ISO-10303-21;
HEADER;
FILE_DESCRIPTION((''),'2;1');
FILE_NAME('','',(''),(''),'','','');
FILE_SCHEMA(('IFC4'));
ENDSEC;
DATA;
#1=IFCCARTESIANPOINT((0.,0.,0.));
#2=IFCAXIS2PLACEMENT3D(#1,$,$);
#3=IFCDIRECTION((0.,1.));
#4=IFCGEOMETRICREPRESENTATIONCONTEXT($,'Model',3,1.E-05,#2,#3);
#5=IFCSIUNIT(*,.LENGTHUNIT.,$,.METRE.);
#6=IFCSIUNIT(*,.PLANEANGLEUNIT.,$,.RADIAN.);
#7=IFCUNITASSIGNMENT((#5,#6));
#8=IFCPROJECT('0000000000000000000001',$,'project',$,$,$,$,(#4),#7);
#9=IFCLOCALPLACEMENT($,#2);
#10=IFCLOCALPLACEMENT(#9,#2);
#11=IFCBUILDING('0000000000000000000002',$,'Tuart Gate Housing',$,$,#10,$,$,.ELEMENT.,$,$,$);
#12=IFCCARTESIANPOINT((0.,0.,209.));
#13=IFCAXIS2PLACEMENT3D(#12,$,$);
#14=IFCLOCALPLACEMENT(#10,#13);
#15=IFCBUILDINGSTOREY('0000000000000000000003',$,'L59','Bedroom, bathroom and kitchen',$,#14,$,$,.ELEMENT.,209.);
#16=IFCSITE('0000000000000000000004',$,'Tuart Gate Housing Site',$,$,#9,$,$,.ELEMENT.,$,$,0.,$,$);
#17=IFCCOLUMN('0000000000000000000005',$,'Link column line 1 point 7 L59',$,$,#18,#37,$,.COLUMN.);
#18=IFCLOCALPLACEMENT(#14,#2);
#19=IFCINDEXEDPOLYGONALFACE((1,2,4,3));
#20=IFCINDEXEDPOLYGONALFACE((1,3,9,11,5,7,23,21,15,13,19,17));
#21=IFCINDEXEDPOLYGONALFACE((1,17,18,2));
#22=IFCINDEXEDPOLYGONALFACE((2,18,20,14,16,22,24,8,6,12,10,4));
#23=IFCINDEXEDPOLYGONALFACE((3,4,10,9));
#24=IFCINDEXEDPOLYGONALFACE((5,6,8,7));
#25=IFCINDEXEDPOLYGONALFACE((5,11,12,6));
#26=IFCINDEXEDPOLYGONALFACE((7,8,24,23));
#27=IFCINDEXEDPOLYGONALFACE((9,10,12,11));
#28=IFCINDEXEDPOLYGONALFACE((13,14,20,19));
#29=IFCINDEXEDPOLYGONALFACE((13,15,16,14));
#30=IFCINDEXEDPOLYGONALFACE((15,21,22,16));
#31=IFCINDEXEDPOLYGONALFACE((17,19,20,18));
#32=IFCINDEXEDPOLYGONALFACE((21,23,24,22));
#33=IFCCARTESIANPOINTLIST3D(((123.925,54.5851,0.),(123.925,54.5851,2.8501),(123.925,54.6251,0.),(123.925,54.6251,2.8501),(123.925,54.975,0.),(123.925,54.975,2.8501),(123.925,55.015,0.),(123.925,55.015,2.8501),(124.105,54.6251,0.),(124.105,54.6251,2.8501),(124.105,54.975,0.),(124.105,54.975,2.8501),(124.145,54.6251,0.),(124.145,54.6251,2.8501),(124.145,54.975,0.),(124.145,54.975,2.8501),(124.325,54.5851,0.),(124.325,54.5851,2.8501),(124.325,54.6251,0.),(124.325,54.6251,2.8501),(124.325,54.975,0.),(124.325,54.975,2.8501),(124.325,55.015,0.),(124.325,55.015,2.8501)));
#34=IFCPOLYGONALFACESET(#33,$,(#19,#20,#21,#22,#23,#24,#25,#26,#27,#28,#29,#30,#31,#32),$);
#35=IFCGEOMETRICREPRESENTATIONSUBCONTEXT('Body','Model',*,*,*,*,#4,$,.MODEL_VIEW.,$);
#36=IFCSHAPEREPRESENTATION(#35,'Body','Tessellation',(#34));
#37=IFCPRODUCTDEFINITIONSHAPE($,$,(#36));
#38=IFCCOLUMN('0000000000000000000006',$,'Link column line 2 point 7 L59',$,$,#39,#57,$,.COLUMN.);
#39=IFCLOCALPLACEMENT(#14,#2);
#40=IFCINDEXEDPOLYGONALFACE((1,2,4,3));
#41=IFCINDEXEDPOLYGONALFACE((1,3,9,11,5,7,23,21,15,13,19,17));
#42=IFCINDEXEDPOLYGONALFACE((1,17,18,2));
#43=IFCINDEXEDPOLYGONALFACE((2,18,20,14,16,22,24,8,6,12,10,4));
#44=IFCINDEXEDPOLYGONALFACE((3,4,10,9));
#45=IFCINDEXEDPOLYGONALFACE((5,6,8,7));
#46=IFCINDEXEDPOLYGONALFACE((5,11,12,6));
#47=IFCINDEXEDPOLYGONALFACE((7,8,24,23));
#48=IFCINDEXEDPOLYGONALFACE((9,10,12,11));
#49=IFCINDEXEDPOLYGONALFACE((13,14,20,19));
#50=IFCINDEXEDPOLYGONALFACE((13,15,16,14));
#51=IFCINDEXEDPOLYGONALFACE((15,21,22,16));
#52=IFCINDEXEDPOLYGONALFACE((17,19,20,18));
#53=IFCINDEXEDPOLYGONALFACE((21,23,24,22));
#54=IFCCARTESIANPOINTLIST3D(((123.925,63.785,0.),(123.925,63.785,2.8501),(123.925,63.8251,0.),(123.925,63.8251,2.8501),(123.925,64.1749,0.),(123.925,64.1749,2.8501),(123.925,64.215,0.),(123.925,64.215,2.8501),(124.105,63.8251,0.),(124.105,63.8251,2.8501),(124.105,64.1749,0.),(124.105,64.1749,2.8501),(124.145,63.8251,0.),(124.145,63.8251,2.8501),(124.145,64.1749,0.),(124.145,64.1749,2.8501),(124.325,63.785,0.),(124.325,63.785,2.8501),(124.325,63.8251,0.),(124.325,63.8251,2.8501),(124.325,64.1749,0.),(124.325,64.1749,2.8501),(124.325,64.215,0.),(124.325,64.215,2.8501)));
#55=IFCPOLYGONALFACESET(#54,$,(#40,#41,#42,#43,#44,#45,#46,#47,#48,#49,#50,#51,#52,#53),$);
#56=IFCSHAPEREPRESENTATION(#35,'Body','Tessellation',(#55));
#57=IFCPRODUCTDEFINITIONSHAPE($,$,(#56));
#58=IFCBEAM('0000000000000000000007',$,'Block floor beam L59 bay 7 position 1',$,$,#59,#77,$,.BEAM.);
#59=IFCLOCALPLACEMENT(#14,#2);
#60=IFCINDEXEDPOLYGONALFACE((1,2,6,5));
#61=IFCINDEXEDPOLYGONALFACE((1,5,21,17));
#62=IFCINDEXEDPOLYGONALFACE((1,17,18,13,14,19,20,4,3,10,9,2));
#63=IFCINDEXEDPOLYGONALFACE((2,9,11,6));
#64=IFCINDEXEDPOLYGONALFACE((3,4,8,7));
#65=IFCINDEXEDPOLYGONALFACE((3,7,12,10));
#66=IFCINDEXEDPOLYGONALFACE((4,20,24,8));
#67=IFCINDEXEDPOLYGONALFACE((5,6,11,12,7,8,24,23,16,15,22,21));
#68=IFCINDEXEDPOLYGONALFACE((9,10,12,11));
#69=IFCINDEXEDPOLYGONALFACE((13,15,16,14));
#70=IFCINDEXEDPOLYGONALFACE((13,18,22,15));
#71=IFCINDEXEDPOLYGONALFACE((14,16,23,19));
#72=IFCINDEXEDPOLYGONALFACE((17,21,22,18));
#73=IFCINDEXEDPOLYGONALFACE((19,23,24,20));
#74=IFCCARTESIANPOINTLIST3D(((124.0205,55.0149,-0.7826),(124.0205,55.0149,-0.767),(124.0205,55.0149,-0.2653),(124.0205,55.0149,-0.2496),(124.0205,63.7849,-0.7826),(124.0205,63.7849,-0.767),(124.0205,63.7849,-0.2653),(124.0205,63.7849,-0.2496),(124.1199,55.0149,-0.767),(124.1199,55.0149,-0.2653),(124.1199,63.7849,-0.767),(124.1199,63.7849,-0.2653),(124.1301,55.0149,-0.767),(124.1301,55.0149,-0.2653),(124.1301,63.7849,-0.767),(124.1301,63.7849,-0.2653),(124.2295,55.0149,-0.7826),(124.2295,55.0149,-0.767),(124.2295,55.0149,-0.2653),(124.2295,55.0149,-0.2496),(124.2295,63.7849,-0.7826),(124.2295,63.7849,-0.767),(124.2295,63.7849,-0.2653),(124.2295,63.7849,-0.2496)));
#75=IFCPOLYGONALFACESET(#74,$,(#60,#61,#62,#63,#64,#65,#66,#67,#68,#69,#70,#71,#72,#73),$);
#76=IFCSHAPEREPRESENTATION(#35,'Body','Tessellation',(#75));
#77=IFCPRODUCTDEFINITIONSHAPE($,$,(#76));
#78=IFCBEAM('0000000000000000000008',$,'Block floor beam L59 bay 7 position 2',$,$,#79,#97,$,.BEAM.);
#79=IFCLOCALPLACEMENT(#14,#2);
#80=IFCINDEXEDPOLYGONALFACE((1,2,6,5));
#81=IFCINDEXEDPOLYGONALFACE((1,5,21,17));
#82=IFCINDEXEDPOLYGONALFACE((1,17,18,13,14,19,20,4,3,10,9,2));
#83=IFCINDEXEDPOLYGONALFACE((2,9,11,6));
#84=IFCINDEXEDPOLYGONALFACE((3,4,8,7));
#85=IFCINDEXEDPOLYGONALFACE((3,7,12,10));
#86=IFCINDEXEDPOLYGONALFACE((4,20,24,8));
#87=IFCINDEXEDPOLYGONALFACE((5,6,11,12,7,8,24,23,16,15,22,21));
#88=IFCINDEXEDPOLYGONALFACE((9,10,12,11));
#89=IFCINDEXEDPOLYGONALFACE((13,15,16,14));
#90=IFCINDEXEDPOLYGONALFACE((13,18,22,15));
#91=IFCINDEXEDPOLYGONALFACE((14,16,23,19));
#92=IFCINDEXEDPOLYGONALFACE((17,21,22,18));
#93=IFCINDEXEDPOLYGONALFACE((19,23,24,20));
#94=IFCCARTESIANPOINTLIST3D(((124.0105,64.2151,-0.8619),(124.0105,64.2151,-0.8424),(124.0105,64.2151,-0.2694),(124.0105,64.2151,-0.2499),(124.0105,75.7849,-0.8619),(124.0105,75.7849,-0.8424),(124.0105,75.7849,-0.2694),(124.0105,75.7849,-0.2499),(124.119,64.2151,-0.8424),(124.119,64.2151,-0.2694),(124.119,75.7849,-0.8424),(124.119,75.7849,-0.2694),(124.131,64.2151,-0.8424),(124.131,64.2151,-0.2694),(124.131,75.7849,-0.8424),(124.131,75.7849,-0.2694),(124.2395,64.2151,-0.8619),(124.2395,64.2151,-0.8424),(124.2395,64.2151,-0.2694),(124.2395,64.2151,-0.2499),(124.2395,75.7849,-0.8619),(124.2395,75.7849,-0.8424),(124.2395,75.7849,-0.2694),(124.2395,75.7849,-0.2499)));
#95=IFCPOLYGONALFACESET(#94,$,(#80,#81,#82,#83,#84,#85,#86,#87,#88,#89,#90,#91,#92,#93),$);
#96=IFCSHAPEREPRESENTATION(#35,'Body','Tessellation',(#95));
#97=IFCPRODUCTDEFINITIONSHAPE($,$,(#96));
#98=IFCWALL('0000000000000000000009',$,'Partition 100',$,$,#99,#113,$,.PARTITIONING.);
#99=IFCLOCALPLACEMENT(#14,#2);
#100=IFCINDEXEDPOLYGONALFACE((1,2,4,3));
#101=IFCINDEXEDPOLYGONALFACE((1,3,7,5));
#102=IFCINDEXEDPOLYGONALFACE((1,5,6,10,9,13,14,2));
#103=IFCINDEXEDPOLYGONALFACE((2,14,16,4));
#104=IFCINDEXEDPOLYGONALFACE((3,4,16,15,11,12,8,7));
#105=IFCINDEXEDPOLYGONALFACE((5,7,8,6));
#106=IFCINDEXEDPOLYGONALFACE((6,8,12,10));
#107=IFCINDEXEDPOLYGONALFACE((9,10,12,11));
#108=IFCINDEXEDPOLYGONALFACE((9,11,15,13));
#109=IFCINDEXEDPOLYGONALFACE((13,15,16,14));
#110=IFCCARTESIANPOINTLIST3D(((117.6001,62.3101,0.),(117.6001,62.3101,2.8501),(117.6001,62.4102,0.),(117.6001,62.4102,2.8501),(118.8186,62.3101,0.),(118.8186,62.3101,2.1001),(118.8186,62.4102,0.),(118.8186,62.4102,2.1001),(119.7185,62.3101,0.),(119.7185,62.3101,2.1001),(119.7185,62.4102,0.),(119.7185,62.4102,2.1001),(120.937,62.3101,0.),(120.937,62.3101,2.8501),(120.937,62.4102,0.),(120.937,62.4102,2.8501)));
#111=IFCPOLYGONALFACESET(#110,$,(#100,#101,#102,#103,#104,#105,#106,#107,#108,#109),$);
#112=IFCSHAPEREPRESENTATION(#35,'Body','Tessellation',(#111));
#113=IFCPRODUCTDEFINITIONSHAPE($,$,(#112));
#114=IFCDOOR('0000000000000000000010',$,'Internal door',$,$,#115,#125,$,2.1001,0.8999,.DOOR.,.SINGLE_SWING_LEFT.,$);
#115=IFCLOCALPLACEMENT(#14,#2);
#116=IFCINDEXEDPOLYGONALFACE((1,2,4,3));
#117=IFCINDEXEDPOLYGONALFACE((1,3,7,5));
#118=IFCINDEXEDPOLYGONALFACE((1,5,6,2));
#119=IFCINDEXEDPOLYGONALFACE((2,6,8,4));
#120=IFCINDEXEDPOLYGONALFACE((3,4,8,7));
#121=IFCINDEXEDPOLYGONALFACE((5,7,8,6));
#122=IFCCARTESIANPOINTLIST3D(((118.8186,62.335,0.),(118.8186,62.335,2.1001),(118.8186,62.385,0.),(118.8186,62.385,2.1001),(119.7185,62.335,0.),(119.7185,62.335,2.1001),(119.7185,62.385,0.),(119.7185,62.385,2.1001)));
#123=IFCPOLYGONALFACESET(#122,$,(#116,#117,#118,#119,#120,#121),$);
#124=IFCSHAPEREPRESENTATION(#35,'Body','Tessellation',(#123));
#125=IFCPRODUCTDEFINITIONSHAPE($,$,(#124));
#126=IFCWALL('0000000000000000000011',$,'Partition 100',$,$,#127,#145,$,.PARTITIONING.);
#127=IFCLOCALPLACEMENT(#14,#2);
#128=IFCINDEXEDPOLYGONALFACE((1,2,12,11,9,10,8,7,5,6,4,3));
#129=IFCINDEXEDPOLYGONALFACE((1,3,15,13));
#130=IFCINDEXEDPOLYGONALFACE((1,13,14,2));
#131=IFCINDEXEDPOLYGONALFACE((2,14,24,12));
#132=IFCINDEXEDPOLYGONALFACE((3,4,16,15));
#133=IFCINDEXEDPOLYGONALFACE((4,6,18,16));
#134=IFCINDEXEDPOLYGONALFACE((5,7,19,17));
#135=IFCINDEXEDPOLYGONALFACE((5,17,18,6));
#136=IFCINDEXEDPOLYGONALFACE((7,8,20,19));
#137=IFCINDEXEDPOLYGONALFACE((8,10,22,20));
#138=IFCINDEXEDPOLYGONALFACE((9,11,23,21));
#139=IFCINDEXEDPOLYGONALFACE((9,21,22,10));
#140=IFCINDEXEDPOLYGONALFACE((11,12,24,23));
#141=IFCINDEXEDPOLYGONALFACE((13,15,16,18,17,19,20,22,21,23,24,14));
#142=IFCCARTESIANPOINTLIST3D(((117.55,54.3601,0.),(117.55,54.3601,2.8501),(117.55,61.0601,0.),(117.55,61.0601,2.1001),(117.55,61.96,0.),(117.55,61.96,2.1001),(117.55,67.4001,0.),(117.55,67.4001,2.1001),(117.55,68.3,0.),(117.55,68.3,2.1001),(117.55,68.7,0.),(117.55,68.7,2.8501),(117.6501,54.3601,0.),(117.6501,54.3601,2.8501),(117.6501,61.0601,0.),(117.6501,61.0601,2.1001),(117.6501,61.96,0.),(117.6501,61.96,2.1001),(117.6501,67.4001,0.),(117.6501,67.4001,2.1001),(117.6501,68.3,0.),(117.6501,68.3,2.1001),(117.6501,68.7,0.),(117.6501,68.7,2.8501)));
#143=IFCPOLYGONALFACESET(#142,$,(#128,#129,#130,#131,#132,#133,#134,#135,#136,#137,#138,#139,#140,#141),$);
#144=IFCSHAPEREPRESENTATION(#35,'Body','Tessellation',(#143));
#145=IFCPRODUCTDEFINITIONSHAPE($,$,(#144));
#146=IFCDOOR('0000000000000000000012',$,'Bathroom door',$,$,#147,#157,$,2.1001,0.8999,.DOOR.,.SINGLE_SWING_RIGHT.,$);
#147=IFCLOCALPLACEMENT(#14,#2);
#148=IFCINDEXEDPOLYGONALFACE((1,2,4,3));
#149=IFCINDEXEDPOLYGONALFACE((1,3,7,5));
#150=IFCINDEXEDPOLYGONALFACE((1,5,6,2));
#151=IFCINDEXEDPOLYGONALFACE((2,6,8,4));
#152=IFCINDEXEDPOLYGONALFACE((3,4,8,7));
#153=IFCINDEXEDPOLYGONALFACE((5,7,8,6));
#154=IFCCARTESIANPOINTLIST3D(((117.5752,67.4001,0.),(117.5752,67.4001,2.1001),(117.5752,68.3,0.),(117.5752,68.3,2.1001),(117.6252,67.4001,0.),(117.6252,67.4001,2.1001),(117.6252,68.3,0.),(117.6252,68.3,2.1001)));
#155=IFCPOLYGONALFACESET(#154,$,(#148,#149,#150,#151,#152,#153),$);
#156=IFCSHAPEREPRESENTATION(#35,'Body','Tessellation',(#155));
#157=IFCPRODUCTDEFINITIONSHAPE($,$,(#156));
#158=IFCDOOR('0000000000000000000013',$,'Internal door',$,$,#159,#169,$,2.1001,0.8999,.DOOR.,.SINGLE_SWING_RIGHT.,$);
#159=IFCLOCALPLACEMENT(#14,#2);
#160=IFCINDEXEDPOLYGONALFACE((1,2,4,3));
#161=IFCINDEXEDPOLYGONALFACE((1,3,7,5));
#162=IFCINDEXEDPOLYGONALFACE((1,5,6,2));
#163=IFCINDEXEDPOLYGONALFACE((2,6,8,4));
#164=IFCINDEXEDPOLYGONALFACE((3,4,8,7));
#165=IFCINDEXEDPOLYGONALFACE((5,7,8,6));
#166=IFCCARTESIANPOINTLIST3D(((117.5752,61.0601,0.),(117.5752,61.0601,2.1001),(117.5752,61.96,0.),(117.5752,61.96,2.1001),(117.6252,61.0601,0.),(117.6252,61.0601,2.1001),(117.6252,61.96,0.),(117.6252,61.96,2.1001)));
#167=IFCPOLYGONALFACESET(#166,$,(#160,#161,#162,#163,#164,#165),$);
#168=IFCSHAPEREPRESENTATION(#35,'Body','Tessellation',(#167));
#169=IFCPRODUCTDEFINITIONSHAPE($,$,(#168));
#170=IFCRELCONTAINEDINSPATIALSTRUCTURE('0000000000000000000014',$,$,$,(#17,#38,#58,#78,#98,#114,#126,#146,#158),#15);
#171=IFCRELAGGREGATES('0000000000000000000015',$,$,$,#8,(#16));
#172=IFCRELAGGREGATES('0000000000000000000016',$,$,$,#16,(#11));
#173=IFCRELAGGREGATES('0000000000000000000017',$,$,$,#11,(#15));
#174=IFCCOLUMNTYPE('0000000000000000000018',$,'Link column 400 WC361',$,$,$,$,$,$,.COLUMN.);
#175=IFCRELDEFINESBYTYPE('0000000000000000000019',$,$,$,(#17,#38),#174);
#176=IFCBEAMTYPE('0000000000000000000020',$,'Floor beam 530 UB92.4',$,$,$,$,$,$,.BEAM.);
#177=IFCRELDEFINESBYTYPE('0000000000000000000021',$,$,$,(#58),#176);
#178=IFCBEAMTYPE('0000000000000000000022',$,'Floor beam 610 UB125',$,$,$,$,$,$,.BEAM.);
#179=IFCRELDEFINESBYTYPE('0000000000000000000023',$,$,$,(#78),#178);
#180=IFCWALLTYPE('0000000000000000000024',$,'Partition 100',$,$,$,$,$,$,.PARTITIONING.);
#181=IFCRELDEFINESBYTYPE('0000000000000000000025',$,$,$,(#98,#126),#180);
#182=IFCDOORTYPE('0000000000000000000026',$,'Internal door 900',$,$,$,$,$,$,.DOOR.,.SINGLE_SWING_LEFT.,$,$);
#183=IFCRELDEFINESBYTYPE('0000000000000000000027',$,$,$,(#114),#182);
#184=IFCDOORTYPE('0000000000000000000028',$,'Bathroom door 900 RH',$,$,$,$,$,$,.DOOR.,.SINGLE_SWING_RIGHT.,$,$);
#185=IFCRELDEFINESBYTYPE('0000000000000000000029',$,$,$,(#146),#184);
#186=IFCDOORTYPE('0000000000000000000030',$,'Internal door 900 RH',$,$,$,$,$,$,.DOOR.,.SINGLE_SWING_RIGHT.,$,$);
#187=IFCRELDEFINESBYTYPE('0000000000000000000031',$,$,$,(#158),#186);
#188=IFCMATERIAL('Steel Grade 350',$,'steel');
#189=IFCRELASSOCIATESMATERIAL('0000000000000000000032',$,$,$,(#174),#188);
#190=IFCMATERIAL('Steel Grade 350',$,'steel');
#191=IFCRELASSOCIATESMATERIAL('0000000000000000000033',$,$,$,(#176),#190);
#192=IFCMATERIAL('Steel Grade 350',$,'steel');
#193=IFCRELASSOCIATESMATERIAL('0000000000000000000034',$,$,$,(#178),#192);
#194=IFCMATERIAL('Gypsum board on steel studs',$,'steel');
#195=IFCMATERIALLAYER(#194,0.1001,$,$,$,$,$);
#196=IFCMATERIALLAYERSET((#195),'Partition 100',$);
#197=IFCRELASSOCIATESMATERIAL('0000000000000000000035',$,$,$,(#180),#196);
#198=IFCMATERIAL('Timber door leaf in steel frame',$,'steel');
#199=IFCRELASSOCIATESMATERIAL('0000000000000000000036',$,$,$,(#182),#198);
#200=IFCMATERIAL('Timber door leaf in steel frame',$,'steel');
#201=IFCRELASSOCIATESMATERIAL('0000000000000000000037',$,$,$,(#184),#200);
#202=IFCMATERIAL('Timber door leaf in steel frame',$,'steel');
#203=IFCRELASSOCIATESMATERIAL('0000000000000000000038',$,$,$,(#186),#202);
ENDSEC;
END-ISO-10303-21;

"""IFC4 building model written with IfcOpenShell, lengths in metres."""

from ifc_helpers import new_model, si_unit, direction, frame, frame_2d, origin, origin_2d, place, context, subcontext, project, spatial, rectangle, i_section, extrude, material, layer, layer_set, material_profile, profile_set, type_object, element, fill, save


model = new_model("IFC4")

# Units and contexts
model_context = context("Model", 3, precision=1e-05, world=origin(), true_north=direction((0.0, 1.0)))
body_context = subcontext(model_context, "Body", "Model", "MODEL_VIEW")
ifc_project = project(units=[si_unit("LENGTHUNIT", "METRE"), si_unit("PLANEANGLEUNIT", "RADIAN")], contexts=[model_context])

# Site, building, storey
site_placement = place(None, origin())
site = spatial("IfcSite", under=ifc_project, at=site_placement, Name="Tuart Gate Housing Site", CompositionType="ELEMENT", RefElevation=0.0)
building_placement = place(site_placement, origin())
building = spatial("IfcBuilding", under=site, at=building_placement, Name="Tuart Gate Housing", CompositionType="ELEMENT")
storey_placement = place(building_placement, frame((0.0, 0.0, 209.0)))
storey = spatial("IfcBuildingStorey", under=building, at=storey_placement, Name="L59", Description="Bedroom, bathroom and kitchen", CompositionType="ELEMENT", Elevation=209.0)

# Columns
ifc_material_1 = material(Name="Steel Grade 350", Category="steel")
ifc_material_profile_1 = material_profile(ifc_material_1, i_section(OverallWidth=0.3999, OverallDepth=0.4299, WebThickness=0.04, FlangeThickness=0.04, at=origin_2d()), Name="400WC361")
ifc_profile_set_1 = profile_set([ifc_material_profile_1], Name="Steel Grade 350")
column_type = type_object("IfcColumnType", Name="Link column 400 WC361", PredefinedType="COLUMN", material=ifc_profile_set_1)
for number, where, z_axis, x_axis, name in (
    (1, (124.125, 54.8, 0.0), (0.0, 0.0, 1.0), (1.0, 0.0, 0.0), "Link column line 1 point 7 L59"),
    (2, (124.125, 64.0, 0.0), (0.0, 0.0, 1.0), (1.0, 0.0, 0.0), "Link column line 2 point 7 L59"),
):
    element("IfcColumn", number, at=place(storey_placement, frame(where, z_axis=z_axis, x_axis=x_axis)), inside=storey, type_object=column_type, Name=name, PredefinedType="COLUMN", context=body_context, shape_type="SweptSolid", body=[
        extrude(i_section(OverallWidth=0.3999, OverallDepth=0.4299, WebThickness=0.04, FlangeThickness=0.04, at=origin_2d()), origin(), (0.0, 0.0, 1.0), 2.8501),
    ])

# Beams
ifc_material_2 = material(Name="Steel Grade 350", Category="steel")
ifc_material_profile_2 = material_profile(ifc_material_2, i_section(OverallWidth=0.209, OverallDepth=0.533, WebThickness=0.0103, FlangeThickness=0.0156, at=origin_2d()), Name="530UB92.4")
ifc_profile_set_2 = profile_set([ifc_material_profile_2], Name="Steel Grade 350")
beam_type_1 = type_object("IfcBeamType", Name="Floor beam 530 UB92.4", PredefinedType="BEAM", material=ifc_profile_set_2)
beam_1_placement = place(storey_placement, frame((124.125, 55.0149, -0.5161), z_axis=(0.0, 1.0, 0.0), x_axis=(-1.0, 0.0, 0.0)))
element("IfcBeam", 3, at=beam_1_placement, inside=storey, type_object=beam_type_1, Name="Block floor beam L59 bay 7 position 1", PredefinedType="BEAM", context=body_context, shape_type="SweptSolid", body=[
    extrude(i_section(OverallWidth=0.209, OverallDepth=0.533, WebThickness=0.0103, FlangeThickness=0.0156, at=origin_2d()), origin(), (0.0, 0.0, 1.0), 8.77),
])
ifc_material_3 = material(Name="Steel Grade 350", Category="steel")
ifc_material_profile_3 = material_profile(ifc_material_3, i_section(OverallWidth=0.229, OverallDepth=0.6121, WebThickness=0.012, FlangeThickness=0.0195, at=origin_2d()), Name="610UB125")
ifc_profile_set_3 = profile_set([ifc_material_profile_3], Name="Steel Grade 350")
beam_type_2 = type_object("IfcBeamType", Name="Floor beam 610 UB125", PredefinedType="BEAM", material=ifc_profile_set_3)
beam_2_placement = place(storey_placement, frame((124.125, 64.2151, -0.5559), z_axis=(0.0, 1.0, 0.0), x_axis=(-1.0, 0.0, 0.0)))
element("IfcBeam", 4, at=beam_2_placement, inside=storey, type_object=beam_type_2, Name="Block floor beam L59 bay 7 position 2", PredefinedType="BEAM", context=body_context, shape_type="SweptSolid", body=[
    extrude(i_section(OverallWidth=0.229, OverallDepth=0.6121, WebThickness=0.012, FlangeThickness=0.0195, at=origin_2d()), origin(), (0.0, 0.0, 1.0), 11.5698),
])

# Wall, opening, door
ifc_material_4 = material(Name="Gypsum board on steel studs", Category="steel")
ifc_layer_1 = layer(ifc_material_4, 0.1001)
ifc_layer_set_1 = layer_set([ifc_layer_1], Name="Partition 100")
wall_type_1 = type_object("IfcWallType", Name="Partition 100", PredefinedType="PARTITIONING", material=ifc_layer_set_1)
wall_1_placement = place(storey_placement, frame((117.6001, 62.3601, 0.0), z_axis=(0.0, 0.0, 1.0), x_axis=(1.0, 0.0, 0.0)))
wall_1 = element("IfcWall", 5, at=wall_1_placement, inside=storey, type_object=wall_type_1, Name="Partition 100", PredefinedType="PARTITIONING", context=body_context, shape_type="SweptSolid", body=[
    extrude(rectangle(XDim=3.3369, YDim=0.1001, at=frame_2d((1.6685, 0.0))), origin(), (0.0, 0.0, 1.0), 2.8501),
])
opening_1_placement = place(wall_1_placement, frame((1.2185, 0.0, 0.0)))
opening_1 = element("IfcOpeningElement", 6, at=opening_1_placement, cuts=wall_1, PredefinedType="OPENING", context=body_context, shape_type="SweptSolid", body=[
    extrude(rectangle(XDim=0.8999, YDim=2.1001, at=frame_2d((0.45, 1.05))), frame((0.0, 0.0601, 0.0), z_axis=(0.0, -1.0, 0.0), x_axis=(1.0, 0.0, 0.0)), (0.0, 0.0, 1.0), 0.1201),
])
ifc_material_5 = material(Name="Timber door leaf in steel frame", Category="steel")
door_type_1 = type_object("IfcDoorType", Name="Internal door 900", OperationType="SINGLE_SWING_LEFT", PredefinedType="DOOR", material=ifc_material_5)
door_1_placement = place(opening_1_placement, origin())
door_1 = element("IfcDoor", 7, at=door_1_placement, inside=storey, type_object=door_type_1, Name="Internal door", OperationType="SINGLE_SWING_LEFT", OverallHeight=2.1001, OverallWidth=0.8999, PredefinedType="DOOR", context=body_context, shape_type="SweptSolid", body=[
    extrude(rectangle(XDim=0.8999, YDim=2.1001, at=frame_2d((0.45, 1.05))), frame((0.0, 0.0249, 0.0), z_axis=(0.0, -1.0, 0.0), x_axis=(1.0, 0.0, 0.0)), (0.0, 0.0, 1.0), 0.05),
])
fill(opening_1, door_1)

# Wall, openings, doors
wall_2_placement = place(storey_placement, frame((117.6001, 54.3601, 0.0), z_axis=(0.0, 0.0, 1.0), x_axis=(0.0, 1.0, 0.0)))
wall_2 = element("IfcWall", 8, at=wall_2_placement, inside=storey, type_object=wall_type_1, Name="Partition 100", PredefinedType="PARTITIONING", context=body_context, shape_type="SweptSolid", body=[
    extrude(rectangle(XDim=14.3398, YDim=0.1001, at=frame_2d((7.1699, 0.0))), origin(), (0.0, 0.0, 1.0), 2.8501),
])
opening_2_placement = place(wall_2_placement, frame((6.7, 0.0, 0.0)))
opening_2 = element("IfcOpeningElement", 9, at=opening_2_placement, cuts=wall_2, PredefinedType="OPENING", context=body_context, shape_type="SweptSolid", body=[
    extrude(rectangle(XDim=0.8999, YDim=2.1001, at=frame_2d((0.45, 1.05))), frame((0.0, 0.0601, 0.0), z_axis=(0.0, -1.0, 0.0), x_axis=(1.0, 0.0, 0.0)), (0.0, 0.0, 1.0), 0.1201),
])
opening_3_placement = place(wall_2_placement, frame((13.04, 0.0, 0.0)))
opening_3 = element("IfcOpeningElement", 10, at=opening_3_placement, cuts=wall_2, PredefinedType="OPENING", context=body_context, shape_type="SweptSolid", body=[
    extrude(rectangle(XDim=0.8999, YDim=2.1001, at=frame_2d((0.45, 1.05))), frame((0.0, 0.0601, 0.0), z_axis=(0.0, -1.0, 0.0), x_axis=(1.0, 0.0, 0.0)), (0.0, 0.0, 1.0), 0.1201),
])
ifc_material_6 = material(Name="Timber door leaf in steel frame", Category="steel")
door_type_2 = type_object("IfcDoorType", Name="Bathroom door 900 RH", OperationType="SINGLE_SWING_RIGHT", PredefinedType="DOOR", material=ifc_material_6)
door_2_placement = place(opening_3_placement, origin())
door_2 = element("IfcDoor", 11, at=door_2_placement, inside=storey, type_object=door_type_2, Name="Bathroom door", OperationType="SINGLE_SWING_RIGHT", OverallHeight=2.1001, OverallWidth=0.8999, PredefinedType="DOOR", context=body_context, shape_type="SweptSolid", body=[
    extrude(rectangle(XDim=0.8999, YDim=2.1001, at=frame_2d((0.45, 1.05))), frame((0.0, 0.0249, 0.0), z_axis=(0.0, -1.0, 0.0), x_axis=(1.0, 0.0, 0.0)), (0.0, 0.0, 1.0), 0.05),
])
fill(opening_3, door_2)
ifc_material_7 = material(Name="Timber door leaf in steel frame", Category="steel")
door_type_3 = type_object("IfcDoorType", Name="Internal door 900 RH", OperationType="SINGLE_SWING_RIGHT", PredefinedType="DOOR", material=ifc_material_7)
door_3_placement = place(opening_2_placement, origin())
door_3 = element("IfcDoor", 12, at=door_3_placement, inside=storey, type_object=door_type_3, Name="Internal door", OperationType="SINGLE_SWING_RIGHT", OverallHeight=2.1001, OverallWidth=0.8999, PredefinedType="DOOR", context=body_context, shape_type="SweptSolid", body=[
    extrude(rectangle(XDim=0.8999, YDim=2.1001, at=frame_2d((0.45, 1.05))), frame((0.0, 0.0249, 0.0), z_axis=(0.0, -1.0, 0.0), x_axis=(1.0, 0.0, 0.0)), (0.0, 0.0, 1.0), 0.05),
])
fill(opening_2, door_3)

save(model, "model.ifc")
